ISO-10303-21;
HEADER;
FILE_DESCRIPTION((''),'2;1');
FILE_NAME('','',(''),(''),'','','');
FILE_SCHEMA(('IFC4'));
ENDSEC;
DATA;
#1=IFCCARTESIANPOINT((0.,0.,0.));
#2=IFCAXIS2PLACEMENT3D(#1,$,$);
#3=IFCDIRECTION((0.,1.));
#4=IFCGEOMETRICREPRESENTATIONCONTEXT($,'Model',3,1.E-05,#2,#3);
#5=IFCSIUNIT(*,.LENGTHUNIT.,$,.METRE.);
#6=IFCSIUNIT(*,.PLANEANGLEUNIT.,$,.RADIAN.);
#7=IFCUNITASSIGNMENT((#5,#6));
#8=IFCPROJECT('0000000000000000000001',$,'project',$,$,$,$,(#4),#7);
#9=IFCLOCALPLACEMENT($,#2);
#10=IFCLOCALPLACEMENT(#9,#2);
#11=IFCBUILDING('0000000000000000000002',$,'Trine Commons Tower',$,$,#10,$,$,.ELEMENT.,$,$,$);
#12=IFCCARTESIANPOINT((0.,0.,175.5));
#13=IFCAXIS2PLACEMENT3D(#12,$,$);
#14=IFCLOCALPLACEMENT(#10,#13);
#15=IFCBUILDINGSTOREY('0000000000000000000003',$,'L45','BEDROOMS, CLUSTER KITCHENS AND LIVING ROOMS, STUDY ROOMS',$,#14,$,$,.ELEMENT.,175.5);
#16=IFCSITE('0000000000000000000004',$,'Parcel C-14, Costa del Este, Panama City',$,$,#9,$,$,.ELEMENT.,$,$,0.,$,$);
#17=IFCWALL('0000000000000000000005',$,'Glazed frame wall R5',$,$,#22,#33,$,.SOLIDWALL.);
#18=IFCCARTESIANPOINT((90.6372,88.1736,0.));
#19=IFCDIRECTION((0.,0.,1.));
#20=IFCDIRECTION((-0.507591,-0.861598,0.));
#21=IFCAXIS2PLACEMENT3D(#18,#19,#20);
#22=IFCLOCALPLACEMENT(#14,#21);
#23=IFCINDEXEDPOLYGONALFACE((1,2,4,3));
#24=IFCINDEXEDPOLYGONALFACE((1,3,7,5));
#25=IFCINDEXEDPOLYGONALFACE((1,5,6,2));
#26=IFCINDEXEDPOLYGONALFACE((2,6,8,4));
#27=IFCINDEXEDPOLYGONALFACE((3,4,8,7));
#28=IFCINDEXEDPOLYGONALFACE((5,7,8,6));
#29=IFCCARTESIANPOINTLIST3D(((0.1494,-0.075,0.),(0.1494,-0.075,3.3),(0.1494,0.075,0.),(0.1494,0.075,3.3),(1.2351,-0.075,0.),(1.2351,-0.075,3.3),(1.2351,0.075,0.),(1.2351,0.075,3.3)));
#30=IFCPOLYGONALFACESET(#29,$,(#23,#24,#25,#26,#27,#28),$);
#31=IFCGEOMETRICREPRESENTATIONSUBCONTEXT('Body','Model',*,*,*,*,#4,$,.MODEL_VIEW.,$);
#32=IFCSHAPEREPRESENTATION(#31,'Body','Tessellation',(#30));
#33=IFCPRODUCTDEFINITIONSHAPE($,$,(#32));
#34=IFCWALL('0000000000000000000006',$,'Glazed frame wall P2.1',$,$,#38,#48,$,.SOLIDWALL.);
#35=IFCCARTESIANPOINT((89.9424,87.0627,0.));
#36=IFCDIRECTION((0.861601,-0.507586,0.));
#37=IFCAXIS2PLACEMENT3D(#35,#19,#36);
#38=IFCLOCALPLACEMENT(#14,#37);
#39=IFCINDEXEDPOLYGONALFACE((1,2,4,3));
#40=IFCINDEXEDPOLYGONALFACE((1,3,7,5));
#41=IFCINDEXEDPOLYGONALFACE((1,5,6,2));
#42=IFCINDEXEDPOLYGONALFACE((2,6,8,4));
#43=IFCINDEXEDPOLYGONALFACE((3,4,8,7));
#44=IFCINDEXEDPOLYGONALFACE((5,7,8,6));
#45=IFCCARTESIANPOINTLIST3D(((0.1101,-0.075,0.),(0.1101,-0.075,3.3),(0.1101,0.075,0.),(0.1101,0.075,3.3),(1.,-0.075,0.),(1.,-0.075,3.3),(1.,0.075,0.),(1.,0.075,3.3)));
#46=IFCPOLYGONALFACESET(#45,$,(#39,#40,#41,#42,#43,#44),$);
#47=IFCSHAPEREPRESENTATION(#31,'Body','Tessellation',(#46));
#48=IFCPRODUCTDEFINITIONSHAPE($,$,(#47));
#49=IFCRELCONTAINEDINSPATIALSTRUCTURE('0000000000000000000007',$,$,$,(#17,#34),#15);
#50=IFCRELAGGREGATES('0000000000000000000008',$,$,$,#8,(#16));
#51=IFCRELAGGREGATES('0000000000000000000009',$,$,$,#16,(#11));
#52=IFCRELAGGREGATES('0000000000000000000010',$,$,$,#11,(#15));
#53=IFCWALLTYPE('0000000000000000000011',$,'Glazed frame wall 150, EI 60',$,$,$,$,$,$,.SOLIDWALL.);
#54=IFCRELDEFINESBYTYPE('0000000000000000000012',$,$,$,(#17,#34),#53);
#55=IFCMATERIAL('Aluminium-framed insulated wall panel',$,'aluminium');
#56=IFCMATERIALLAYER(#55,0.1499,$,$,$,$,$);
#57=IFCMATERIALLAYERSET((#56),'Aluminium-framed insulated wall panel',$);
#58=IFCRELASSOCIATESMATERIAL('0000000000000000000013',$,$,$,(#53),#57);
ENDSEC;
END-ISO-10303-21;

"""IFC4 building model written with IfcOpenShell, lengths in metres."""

from ifc_helpers import new_model, si_unit, direction, frame, origin, place, context, subcontext, project, spatial, polyline, outline, extrude, material, layer, layer_set, type_object, element, save


model = new_model("IFC4")

# Units and contexts
model_context = context("Model", 3, precision=1e-05, world=origin(), true_north=direction((0.0, 1.0)))
body_context = subcontext(model_context, "Body", "Model", "MODEL_VIEW")
ifc_project = project(units=[si_unit("LENGTHUNIT", "METRE"), si_unit("PLANEANGLEUNIT", "RADIAN")], contexts=[model_context])

# Site, building, storey
site_placement = place(None, origin())
site = spatial("IfcSite", under=ifc_project, at=site_placement, Name="Parcel C-14, Costa del Este, Panama City", CompositionType="ELEMENT", RefElevation=0.0)
building_placement = place(site_placement, origin())
building = spatial("IfcBuilding", under=site, at=building_placement, Name="Trine Commons Tower", CompositionType="ELEMENT")
storey_placement = place(building_placement, frame((0.0, 0.0, 175.5)))
storey = spatial("IfcBuildingStorey", under=building, at=storey_placement, Name="L45", Description="BEDROOMS, CLUSTER KITCHENS AND LIVING ROOMS, STUDY ROOMS", CompositionType="ELEMENT", Elevation=175.5)

# Walls
ifc_material_1 = material(Name="Aluminium-framed insulated wall panel", Category="aluminium")
ifc_layer_1 = layer(ifc_material_1, 0.1499)
ifc_layer_set_1 = layer_set([ifc_layer_1], Name="Aluminium-framed insulated wall panel")
wall_type_1 = type_object("IfcWallType", Name="Glazed frame wall 150, EI 60", PredefinedType="SOLIDWALL", material=ifc_layer_set_1)
wall_1_placement = place(storey_placement, frame((90.6372, 88.1736, 0.0), z_axis=(0.0, 0.0, 1.0), x_axis=(-0.507591, -0.861598, 0.0)))
element("IfcWall", 1, at=wall_1_placement, inside=storey, type_object=wall_type_1, Name="Glazed frame wall R5", PredefinedType="SOLIDWALL", context=body_context, shape_type="SweptSolid", body=[
    extrude(outline(polyline([(0.1494, 0.075), (0.1494, -0.075), (1.2351, -0.075), (1.2351, 0.075), (0.1494, 0.075)])), origin(), (0.0, 0.0, 1.0), 3.3),
])
wall_2_placement = place(storey_placement, frame((89.9424, 87.0627, 0.0), z_axis=(0.0, 0.0, 1.0), x_axis=(0.861601, -0.507586, 0.0)))
element("IfcWall", 2, at=wall_2_placement, inside=storey, type_object=wall_type_1, Name="Glazed frame wall P2.1", PredefinedType="SOLIDWALL", context=body_context, shape_type="SweptSolid", body=[
    extrude(outline(polyline([(0.1101, -0.075), (1.0, -0.075), (1.0, 0.075), (0.1101, 0.075), (0.1101, -0.075)])), origin(), (0.0, 0.0, 1.0), 3.3),
])

save(model, "model.ifc")
